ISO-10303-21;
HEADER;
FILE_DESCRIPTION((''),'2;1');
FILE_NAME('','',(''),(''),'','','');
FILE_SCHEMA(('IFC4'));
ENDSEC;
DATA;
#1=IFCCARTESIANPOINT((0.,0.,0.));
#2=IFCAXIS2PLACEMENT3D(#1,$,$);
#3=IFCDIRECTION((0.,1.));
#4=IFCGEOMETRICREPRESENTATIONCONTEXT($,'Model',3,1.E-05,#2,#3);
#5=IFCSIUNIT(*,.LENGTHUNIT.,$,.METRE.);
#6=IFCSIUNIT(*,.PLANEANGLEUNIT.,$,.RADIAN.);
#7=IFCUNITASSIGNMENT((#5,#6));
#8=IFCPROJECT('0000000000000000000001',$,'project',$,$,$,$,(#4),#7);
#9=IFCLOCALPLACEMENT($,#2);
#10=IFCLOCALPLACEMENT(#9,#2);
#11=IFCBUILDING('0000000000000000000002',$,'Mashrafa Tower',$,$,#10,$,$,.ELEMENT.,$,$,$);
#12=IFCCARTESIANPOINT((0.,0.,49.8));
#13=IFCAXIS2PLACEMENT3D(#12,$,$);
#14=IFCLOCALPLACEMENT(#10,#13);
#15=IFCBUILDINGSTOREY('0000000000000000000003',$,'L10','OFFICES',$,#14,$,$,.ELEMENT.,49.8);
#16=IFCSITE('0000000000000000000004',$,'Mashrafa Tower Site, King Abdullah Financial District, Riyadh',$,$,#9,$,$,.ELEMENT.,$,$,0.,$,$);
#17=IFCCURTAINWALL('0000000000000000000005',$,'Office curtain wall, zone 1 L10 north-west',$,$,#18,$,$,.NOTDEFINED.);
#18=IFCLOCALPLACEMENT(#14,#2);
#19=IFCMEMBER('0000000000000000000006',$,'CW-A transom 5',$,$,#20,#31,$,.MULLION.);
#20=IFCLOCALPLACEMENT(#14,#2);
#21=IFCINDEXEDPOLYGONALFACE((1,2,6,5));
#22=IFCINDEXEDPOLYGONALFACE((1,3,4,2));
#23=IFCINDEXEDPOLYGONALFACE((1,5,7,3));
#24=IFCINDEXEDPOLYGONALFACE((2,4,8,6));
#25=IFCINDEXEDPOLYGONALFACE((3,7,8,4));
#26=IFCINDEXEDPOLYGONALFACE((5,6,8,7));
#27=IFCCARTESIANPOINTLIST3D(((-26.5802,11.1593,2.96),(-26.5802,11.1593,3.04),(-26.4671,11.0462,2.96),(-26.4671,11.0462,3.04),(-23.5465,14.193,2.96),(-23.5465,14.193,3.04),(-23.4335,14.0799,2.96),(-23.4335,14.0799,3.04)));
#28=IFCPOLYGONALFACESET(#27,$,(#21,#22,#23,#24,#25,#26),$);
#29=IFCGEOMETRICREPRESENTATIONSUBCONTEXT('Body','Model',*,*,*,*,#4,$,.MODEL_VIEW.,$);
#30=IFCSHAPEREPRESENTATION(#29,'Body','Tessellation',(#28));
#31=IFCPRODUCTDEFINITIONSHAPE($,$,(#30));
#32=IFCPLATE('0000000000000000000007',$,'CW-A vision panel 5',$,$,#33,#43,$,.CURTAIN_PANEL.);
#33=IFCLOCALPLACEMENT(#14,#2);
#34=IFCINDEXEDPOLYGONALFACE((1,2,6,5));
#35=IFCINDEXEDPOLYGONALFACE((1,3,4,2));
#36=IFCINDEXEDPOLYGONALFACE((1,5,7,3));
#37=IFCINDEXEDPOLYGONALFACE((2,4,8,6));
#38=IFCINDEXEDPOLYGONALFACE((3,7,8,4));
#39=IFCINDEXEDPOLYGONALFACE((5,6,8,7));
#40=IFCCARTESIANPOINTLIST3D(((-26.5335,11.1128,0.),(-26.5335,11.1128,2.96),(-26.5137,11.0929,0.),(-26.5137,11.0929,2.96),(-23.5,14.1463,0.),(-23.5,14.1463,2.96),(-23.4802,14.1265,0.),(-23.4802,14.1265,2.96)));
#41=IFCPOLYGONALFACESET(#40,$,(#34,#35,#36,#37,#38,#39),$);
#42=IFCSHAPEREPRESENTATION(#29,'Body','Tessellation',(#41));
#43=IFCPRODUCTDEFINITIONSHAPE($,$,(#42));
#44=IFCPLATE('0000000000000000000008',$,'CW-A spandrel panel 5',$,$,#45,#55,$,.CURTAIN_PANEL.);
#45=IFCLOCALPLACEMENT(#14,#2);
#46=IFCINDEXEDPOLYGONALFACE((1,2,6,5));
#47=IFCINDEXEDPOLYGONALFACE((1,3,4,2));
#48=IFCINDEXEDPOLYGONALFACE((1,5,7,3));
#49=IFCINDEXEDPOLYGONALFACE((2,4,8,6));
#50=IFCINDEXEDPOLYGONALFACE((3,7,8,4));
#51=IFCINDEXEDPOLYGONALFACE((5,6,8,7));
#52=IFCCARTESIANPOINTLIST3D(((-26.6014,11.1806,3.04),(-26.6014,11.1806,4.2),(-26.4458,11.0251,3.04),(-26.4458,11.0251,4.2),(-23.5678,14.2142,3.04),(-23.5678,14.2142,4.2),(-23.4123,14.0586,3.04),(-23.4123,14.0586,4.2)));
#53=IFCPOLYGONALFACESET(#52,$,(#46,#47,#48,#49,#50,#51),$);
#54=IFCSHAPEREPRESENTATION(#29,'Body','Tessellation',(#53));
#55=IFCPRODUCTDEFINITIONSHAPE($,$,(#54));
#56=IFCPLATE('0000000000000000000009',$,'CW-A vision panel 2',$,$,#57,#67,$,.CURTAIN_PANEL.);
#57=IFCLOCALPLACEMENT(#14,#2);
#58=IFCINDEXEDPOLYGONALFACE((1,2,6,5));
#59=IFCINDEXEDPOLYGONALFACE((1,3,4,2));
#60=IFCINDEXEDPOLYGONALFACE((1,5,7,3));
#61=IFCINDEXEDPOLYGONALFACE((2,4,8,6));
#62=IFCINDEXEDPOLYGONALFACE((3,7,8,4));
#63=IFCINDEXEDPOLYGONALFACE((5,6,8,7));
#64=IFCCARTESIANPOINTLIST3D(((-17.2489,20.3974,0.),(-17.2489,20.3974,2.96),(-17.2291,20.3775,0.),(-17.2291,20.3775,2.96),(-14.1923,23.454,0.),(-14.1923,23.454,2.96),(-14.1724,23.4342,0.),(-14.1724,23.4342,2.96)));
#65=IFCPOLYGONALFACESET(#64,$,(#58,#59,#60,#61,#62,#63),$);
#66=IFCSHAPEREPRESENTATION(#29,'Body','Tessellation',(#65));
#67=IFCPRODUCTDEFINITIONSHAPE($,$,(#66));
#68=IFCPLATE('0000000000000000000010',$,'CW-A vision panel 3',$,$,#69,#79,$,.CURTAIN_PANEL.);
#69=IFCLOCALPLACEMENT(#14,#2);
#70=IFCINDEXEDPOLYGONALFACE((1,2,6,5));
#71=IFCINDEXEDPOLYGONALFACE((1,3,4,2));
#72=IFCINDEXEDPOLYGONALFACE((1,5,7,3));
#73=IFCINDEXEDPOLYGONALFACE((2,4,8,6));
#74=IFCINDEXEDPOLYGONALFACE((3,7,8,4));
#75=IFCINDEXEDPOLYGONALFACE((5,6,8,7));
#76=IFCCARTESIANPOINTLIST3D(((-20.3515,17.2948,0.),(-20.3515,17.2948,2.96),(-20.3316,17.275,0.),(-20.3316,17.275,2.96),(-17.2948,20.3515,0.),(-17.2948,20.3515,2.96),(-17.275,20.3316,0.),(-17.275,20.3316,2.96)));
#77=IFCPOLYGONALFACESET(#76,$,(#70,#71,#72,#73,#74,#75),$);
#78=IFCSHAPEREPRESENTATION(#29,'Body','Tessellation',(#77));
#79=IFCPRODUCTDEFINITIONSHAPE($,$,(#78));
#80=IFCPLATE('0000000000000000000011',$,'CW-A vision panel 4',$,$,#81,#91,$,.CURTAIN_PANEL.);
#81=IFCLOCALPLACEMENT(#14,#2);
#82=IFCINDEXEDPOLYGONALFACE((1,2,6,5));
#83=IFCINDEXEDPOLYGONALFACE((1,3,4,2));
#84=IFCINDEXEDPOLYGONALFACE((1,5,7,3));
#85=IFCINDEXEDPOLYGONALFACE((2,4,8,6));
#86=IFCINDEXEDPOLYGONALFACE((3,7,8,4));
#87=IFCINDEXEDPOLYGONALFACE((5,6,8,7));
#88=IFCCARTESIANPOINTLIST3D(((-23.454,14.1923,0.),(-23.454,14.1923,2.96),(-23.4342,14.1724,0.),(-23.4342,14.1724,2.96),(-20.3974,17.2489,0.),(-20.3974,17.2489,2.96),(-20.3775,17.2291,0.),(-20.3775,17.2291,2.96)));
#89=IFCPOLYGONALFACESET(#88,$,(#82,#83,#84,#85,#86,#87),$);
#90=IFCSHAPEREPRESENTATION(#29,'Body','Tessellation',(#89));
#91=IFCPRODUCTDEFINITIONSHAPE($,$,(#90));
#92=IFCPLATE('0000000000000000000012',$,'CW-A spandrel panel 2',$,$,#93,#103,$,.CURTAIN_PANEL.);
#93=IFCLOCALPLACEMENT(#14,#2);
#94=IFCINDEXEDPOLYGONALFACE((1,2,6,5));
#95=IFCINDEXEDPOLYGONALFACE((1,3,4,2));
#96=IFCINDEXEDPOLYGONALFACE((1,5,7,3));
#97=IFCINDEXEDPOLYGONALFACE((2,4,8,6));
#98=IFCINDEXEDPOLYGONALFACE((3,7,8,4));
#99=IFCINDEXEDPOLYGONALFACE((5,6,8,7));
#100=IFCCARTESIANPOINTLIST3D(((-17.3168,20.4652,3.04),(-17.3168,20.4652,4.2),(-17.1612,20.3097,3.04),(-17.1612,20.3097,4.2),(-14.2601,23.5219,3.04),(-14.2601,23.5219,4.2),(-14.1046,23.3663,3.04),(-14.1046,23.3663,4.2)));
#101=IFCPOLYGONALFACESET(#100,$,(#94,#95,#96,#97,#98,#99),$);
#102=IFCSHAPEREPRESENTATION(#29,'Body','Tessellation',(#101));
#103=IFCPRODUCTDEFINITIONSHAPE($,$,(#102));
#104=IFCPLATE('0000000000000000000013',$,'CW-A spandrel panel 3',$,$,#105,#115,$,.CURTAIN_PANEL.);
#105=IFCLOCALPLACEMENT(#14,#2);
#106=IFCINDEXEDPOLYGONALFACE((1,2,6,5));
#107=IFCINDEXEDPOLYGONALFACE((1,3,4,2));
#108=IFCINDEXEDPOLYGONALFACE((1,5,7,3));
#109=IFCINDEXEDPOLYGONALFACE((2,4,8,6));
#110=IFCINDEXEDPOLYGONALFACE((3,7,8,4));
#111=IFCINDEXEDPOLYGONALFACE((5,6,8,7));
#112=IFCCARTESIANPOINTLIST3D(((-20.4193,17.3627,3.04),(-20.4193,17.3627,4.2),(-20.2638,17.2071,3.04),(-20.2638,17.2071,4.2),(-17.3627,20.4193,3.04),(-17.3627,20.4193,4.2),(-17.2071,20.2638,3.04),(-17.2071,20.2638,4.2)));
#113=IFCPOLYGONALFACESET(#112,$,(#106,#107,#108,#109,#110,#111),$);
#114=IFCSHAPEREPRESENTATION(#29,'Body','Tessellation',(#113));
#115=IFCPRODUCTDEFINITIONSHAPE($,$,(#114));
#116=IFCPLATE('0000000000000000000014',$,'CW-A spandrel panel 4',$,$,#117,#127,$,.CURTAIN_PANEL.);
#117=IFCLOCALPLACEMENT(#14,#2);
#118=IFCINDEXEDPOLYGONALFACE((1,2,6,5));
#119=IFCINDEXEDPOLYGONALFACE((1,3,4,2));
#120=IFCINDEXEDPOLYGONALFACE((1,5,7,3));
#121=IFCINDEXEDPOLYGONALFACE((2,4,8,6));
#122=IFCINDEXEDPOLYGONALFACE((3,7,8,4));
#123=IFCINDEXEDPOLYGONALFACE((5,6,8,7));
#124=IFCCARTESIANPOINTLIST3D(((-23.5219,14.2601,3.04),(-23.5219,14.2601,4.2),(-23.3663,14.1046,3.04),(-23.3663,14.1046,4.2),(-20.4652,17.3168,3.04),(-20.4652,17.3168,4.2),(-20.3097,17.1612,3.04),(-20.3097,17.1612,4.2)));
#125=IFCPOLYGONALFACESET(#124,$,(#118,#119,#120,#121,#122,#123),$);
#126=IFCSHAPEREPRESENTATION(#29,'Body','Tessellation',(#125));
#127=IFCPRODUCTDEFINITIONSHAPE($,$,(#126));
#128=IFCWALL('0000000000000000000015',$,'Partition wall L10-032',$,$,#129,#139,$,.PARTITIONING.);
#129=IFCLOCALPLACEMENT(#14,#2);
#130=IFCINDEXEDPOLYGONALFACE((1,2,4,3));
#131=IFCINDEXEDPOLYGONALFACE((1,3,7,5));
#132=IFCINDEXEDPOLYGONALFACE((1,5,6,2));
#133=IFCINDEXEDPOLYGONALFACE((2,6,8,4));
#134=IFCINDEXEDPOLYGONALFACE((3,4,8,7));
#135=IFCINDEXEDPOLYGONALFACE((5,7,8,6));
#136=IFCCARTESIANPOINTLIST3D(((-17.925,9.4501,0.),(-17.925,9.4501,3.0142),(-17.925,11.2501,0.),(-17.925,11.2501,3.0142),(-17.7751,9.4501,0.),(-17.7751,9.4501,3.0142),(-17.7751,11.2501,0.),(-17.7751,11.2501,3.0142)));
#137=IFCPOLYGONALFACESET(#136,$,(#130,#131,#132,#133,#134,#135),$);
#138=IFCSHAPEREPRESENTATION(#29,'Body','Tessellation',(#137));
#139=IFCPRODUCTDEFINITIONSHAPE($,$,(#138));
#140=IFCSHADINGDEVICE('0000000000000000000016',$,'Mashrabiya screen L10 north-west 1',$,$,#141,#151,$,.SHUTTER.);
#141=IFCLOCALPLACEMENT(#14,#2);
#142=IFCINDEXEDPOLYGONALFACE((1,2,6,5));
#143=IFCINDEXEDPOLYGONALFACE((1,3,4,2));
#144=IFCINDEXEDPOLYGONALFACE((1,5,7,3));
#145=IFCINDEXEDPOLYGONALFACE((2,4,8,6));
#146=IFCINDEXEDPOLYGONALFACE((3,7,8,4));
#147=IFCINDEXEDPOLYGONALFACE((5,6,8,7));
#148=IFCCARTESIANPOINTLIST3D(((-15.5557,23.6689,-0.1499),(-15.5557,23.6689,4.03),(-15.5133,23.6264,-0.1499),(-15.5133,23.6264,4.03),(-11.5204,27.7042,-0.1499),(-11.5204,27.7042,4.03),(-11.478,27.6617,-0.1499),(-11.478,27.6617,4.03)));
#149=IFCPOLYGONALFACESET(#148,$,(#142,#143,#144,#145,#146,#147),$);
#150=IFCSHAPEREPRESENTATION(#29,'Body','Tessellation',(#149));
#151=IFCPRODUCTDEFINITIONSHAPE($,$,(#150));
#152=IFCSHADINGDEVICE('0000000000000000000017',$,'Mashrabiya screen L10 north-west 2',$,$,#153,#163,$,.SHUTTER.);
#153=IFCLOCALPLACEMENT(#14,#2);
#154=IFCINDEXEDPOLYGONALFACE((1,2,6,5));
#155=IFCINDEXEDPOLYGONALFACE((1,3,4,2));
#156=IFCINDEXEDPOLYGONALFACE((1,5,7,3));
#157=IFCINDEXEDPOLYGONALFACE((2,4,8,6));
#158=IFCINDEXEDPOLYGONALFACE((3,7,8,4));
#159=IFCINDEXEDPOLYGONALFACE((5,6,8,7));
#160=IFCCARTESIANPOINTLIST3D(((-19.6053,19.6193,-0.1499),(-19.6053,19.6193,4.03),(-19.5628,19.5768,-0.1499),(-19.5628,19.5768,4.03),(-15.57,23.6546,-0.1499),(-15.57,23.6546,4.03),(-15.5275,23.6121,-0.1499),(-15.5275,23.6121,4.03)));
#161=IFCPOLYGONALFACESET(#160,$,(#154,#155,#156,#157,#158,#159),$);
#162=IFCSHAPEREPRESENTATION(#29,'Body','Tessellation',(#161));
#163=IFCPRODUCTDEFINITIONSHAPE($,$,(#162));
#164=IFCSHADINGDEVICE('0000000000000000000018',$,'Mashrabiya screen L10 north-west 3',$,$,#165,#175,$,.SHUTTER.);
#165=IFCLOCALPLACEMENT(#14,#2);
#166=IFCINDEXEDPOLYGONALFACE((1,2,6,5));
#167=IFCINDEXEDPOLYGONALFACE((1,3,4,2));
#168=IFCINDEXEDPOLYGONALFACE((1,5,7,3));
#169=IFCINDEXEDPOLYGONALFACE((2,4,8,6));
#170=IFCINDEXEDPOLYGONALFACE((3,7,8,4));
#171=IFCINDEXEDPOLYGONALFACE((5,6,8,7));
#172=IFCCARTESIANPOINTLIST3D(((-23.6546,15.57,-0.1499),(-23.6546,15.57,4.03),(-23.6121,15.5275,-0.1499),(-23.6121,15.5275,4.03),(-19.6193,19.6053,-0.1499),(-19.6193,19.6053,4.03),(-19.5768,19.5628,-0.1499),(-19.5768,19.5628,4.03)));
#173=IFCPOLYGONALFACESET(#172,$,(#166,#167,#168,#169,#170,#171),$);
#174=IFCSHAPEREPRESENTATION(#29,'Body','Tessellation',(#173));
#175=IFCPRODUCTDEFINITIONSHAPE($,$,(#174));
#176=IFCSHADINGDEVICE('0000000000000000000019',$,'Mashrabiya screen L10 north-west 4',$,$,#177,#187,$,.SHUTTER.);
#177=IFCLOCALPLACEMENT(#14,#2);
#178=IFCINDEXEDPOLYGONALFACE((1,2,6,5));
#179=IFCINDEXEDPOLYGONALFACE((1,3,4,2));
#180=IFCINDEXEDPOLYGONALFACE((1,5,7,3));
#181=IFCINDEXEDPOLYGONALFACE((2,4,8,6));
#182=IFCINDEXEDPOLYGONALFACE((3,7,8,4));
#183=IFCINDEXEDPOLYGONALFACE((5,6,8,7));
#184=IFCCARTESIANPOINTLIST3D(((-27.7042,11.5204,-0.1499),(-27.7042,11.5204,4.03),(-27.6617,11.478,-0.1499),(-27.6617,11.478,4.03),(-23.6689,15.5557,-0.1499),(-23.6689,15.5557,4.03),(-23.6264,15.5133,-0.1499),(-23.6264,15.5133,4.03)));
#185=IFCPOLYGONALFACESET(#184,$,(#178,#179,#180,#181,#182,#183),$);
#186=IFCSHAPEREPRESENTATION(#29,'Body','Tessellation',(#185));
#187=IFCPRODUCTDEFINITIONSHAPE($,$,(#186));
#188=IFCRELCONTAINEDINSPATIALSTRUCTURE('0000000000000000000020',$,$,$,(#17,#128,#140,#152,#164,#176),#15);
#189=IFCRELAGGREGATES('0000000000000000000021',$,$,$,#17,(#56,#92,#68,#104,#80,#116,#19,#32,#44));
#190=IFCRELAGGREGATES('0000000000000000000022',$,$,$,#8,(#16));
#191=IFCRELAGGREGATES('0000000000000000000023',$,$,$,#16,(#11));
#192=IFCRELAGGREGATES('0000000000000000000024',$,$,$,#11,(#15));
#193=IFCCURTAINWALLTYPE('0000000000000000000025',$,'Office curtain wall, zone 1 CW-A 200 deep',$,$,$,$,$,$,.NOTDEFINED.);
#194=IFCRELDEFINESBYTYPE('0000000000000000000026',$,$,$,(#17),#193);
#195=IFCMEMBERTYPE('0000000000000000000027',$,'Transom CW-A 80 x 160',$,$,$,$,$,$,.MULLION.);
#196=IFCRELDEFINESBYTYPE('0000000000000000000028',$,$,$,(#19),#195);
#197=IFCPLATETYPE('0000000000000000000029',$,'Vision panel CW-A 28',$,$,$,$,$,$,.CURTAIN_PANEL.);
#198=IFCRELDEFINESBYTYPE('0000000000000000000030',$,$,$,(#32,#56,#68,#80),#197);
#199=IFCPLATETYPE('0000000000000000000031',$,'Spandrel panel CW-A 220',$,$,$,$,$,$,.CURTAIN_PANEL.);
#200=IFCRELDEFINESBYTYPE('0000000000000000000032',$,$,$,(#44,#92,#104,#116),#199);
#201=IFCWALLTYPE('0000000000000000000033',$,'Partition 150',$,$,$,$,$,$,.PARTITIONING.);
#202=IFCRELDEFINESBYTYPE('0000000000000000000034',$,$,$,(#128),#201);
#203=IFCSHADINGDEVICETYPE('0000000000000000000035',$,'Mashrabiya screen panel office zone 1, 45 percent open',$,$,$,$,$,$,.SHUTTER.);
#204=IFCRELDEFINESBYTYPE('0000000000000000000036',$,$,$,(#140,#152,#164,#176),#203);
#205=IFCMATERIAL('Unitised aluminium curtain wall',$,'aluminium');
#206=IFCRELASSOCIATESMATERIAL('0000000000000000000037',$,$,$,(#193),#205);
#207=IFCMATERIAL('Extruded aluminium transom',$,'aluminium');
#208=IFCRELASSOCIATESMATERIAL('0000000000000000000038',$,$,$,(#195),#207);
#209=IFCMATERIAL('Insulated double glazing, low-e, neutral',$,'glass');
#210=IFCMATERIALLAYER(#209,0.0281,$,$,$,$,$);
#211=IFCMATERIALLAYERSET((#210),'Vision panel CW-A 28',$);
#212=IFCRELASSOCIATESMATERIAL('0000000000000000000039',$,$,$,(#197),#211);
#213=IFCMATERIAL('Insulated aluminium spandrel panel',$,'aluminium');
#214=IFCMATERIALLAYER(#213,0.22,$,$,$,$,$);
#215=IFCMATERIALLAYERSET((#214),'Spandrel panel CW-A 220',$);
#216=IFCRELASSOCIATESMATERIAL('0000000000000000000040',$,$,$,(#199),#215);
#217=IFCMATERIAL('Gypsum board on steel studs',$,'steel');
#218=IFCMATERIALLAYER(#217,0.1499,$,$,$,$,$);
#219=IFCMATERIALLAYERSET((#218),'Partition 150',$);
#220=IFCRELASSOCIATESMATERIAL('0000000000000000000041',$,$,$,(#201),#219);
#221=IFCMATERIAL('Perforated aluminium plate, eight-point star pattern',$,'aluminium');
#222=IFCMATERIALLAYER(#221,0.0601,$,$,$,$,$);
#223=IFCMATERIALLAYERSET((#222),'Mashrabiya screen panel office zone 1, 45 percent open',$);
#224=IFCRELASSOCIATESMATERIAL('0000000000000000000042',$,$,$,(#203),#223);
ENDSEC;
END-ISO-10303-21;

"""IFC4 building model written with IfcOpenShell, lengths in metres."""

from ifc_helpers import new_model, si_unit, direction, frame, frame_2d, origin, origin_2d, place, context, subcontext, project, spatial, rectangle, extrude, source, transform, mapped, material, layer, layer_set, material_profile, profile_set, type_object, type_shapes, element, aggregate, save


model = new_model("IFC4")

# Units and contexts
model_context = context("Model", 3, precision=1e-05, world=origin(), true_north=direction((0.0, 1.0)))
body_context = subcontext(model_context, "Body", "Model", "MODEL_VIEW")
ifc_project = project(units=[si_unit("LENGTHUNIT", "METRE"), si_unit("PLANEANGLEUNIT", "RADIAN")], contexts=[model_context])

# Site, building, storey
site_placement = place(None, origin())
site = spatial("IfcSite", under=ifc_project, at=site_placement, Name="Mashrafa Tower Site, King Abdullah Financial District, Riyadh", CompositionType="ELEMENT", RefElevation=0.0)
building_placement = place(site_placement, origin())
building = spatial("IfcBuilding", under=site, at=building_placement, Name="Mashrafa Tower", CompositionType="ELEMENT")
storey_placement = place(building_placement, frame((0.0, 0.0, 49.8)))
storey = spatial("IfcBuildingStorey", under=building, at=storey_placement, Name="L10", Description="OFFICES", CompositionType="ELEMENT", Elevation=49.8)

# Curtain wall
ifc_material_1 = material(Name="Unitised aluminium curtain wall", Category="aluminium")
curtain_wall_type = type_object("IfcCurtainWallType", Name="Office curtain wall, zone 1 CW-A 200 deep", PredefinedType="NOTDEFINED", material=ifc_material_1)
curtain_wall_1_placement = place(storey_placement, origin())
curtain_wall_1 = element("IfcCurtainWall", 1, at=curtain_wall_1_placement, inside=storey, type_object=curtain_wall_type, Name="Office curtain wall, zone 1 L10 north-west", PredefinedType="NOTDEFINED")
ifc_material_2 = material(Name="Extruded aluminium transom", Category="aluminium")
ifc_material_profile_1 = material_profile(ifc_material_2, rectangle(XDim=0.1599, YDim=0.0801, at=origin_2d()), Name="Transom 80x160")
ifc_profile_set_1 = profile_set([ifc_material_profile_1], Name="Extruded aluminium transom")
member_type_1 = type_object("IfcMemberType", Name="Transom CW-A 80 x 160", PredefinedType="MULLION", material=ifc_profile_set_1)

# Member
shared_shape_1 = source(origin(), body_context, "Body", "SweptSolid", [
    extrude(rectangle(XDim=0.1599, YDim=0.0801, at=origin_2d()), origin(), (0.0, 0.0, 1.0), 4.2903),
])
member_1_placement = place(storey_placement, frame((-23.49, 14.1365, 3.0), z_axis=(-0.707107, -0.707107, 0.0), x_axis=(0.707107, -0.707107, 0.0)))
member_1 = element("IfcMember", 2, at=member_1_placement, type_object=member_type_1, Name="CW-A transom 5", PredefinedType="MULLION", context=body_context, shape_type="MappedRepresentation", body=[
    mapped(shared_shape_1, transform((0.0, 0.0, 0.0))),
])

# Plates
ifc_material_3 = material(Name="Insulated double glazing, low-e, neutral", Category="glass")
ifc_layer_1 = layer(ifc_material_3, 0.0281)
ifc_layer_set_1 = layer_set([ifc_layer_1], Name="Vision panel CW-A 28")
plate_type_1 = type_object("IfcPlateType", Name="Vision panel CW-A 28", PredefinedType="CURTAIN_PANEL", material=ifc_layer_set_1)
shared_shape_2 = source(origin(), body_context, "Body", "SweptSolid", [
    extrude(rectangle(XDim=4.29, YDim=0.0281, at=origin_2d()), origin(), (0.0, 0.0, 1.0), 2.96),
])
plate_1_placement = place(storey_placement, frame((-25.0068, 12.6196, 0.0), z_axis=(0.0, 0.0, 1.0), x_axis=(-0.707107, -0.707107, 0.0)))
plate_1 = element("IfcPlate", 3, at=plate_1_placement, type_object=plate_type_1, Name="CW-A vision panel 5", PredefinedType="CURTAIN_PANEL", context=body_context, shape_type="MappedRepresentation", body=[
    mapped(shared_shape_2, transform((0.0, 0.0, 0.0))),
])
ifc_material_4 = material(Name="Insulated aluminium spandrel panel", Category="aluminium")
ifc_layer_2 = layer(ifc_material_4, 0.22)
ifc_layer_set_2 = layer_set([ifc_layer_2], Name="Spandrel panel CW-A 220")
plate_type_2 = type_object("IfcPlateType", Name="Spandrel panel CW-A 220", PredefinedType="CURTAIN_PANEL", material=ifc_layer_set_2)
shared_shape_3 = source(origin(), body_context, "Body", "SweptSolid", [
    extrude(rectangle(XDim=4.29, YDim=0.22, at=origin_2d()), origin(), (0.0, 0.0, 1.0), 1.1599),
])
plate_2_placement = place(storey_placement, frame((-25.0068, 12.6196, 3.04), z_axis=(0.0, 0.0, 1.0), x_axis=(-0.707107, -0.707107, 0.0)))
plate_2 = element("IfcPlate", 4, at=plate_2_placement, type_object=plate_type_2, Name="CW-A spandrel panel 5", PredefinedType="CURTAIN_PANEL", context=body_context, shape_type="MappedRepresentation", body=[
    mapped(shared_shape_3, transform((0.0, 0.0, 0.0))),
])
shared_shape_4 = source(origin(), body_context, "Body", "SweptSolid", [
    extrude(rectangle(XDim=4.3228, YDim=0.0281, at=origin_2d()), origin(), (0.0, 0.0, 1.0), 2.96),
])
type_shapes(plate_type_1, [shared_shape_2, shared_shape_4])
plate_3_placement = place(storey_placement, frame((-15.7107, 21.9158, 0.0), z_axis=(0.0, 0.0, 1.0), x_axis=(-0.707107, -0.707107, 0.0)))
plate_3 = element("IfcPlate", 5, at=plate_3_placement, type_object=plate_type_1, Name="CW-A vision panel 2", PredefinedType="CURTAIN_PANEL", context=body_context, shape_type="MappedRepresentation", body=[
    mapped(shared_shape_4, transform((0.0, 0.0, 0.0))),
])
plate_4_placement = place(storey_placement, frame((-18.8132, 18.8132, 0.0), z_axis=(0.0, 0.0, 1.0), x_axis=(-0.707107, -0.707107, 0.0)))
plate_4 = element("IfcPlate", 6, at=plate_4_placement, type_object=plate_type_1, Name="CW-A vision panel 3", PredefinedType="CURTAIN_PANEL", context=body_context, shape_type="MappedRepresentation", body=[
    mapped(shared_shape_4, transform((0.0, 0.0, 0.0))),
])
plate_5_placement = place(storey_placement, frame((-21.9158, 15.7107, 0.0), z_axis=(0.0, 0.0, 1.0), x_axis=(-0.707107, -0.707107, 0.0)))
plate_5 = element("IfcPlate", 7, at=plate_5_placement, type_object=plate_type_1, Name="CW-A vision panel 4", PredefinedType="CURTAIN_PANEL", context=body_context, shape_type="MappedRepresentation", body=[
    mapped(shared_shape_4, transform((0.0, 0.0, 0.0))),
])
shared_shape_5 = source(origin(), body_context, "Body", "SweptSolid", [
    extrude(rectangle(XDim=4.3228, YDim=0.22, at=origin_2d()), origin(), (0.0, 0.0, 1.0), 1.1599),
])
type_shapes(plate_type_2, [shared_shape_3, shared_shape_5])
plate_6_placement = place(storey_placement, frame((-15.7107, 21.9158, 3.04), z_axis=(0.0, 0.0, 1.0), x_axis=(-0.707107, -0.707107, 0.0)))
plate_6 = element("IfcPlate", 8, at=plate_6_placement, type_object=plate_type_2, Name="CW-A spandrel panel 2", PredefinedType="CURTAIN_PANEL", context=body_context, shape_type="MappedRepresentation", body=[
    mapped(shared_shape_5, transform((0.0, 0.0, 0.0))),
])
plate_7_placement = place(storey_placement, frame((-18.8132, 18.8132, 3.04), z_axis=(0.0, 0.0, 1.0), x_axis=(-0.707107, -0.707107, 0.0)))
plate_7 = element("IfcPlate", 9, at=plate_7_placement, type_object=plate_type_2, Name="CW-A spandrel panel 3", PredefinedType="CURTAIN_PANEL", context=body_context, shape_type="MappedRepresentation", body=[
    mapped(shared_shape_5, transform((0.0, 0.0, 0.0))),
])
plate_8_placement = place(storey_placement, frame((-21.9158, 15.7107, 3.04), z_axis=(0.0, 0.0, 1.0), x_axis=(-0.707107, -0.707107, 0.0)))
plate_8 = element("IfcPlate", 10, at=plate_8_placement, type_object=plate_type_2, Name="CW-A spandrel panel 4", PredefinedType="CURTAIN_PANEL", context=body_context, shape_type="MappedRepresentation", body=[
    mapped(shared_shape_5, transform((0.0, 0.0, 0.0))),
])
aggregate(curtain_wall_1, [plate_3, plate_6, plate_4, plate_7, plate_5, plate_8, member_1, plate_1, plate_2])

# Wall
ifc_material_5 = material(Name="Gypsum board on steel studs", Category="steel")
ifc_layer_3 = layer(ifc_material_5, 0.1499)
ifc_layer_set_3 = layer_set([ifc_layer_3], Name="Partition 150")
wall_type = type_object("IfcWallType", Name="Partition 150", PredefinedType="PARTITIONING", material=ifc_layer_set_3)
wall_placement = place(storey_placement, frame((-17.8501, 11.25, 0.0), z_axis=(0.0, 0.0, 1.0), x_axis=(0.0, -1.0, 0.0)))
element("IfcWall", 11, at=wall_placement, inside=storey, type_object=wall_type, Name="Partition wall L10-032", PredefinedType="PARTITIONING", context=body_context, shape_type="SweptSolid", body=[
    extrude(rectangle(XDim=1.8, YDim=0.1499, at=frame_2d((0.8999, 0.0))), origin(), (0.0, 0.0, 1.0), 3.0142),
])

# Shading devices
ifc_material_6 = material(Name="Perforated aluminium plate, eight-point star pattern", Category="aluminium")
ifc_layer_4 = layer(ifc_material_6, 0.0601)
ifc_layer_set_4 = layer_set([ifc_layer_4], Name="Mashrabiya screen panel office zone 1, 45 percent open")
shading_device_type = type_object("IfcShadingDeviceType", Name="Mashrabiya screen panel office zone 1, 45 percent open", PredefinedType="SHUTTER", material=ifc_layer_set_4)
shared_shape_6 = source(origin(), body_context, "Body", "SweptSolid", [
    extrude(rectangle(XDim=5.7068, YDim=0.0601, at=origin_2d()), origin(), (0.0, 0.0, 1.0), 4.1799),
])
type_shapes(shading_device_type, [shared_shape_6])
for number, where, z_axis, x_axis, name in (
    (12, (-13.5168, 25.6653, -0.1499), (0.0, 0.0, 1.0), (-0.707107, -0.707107, 0.0), "Mashrabiya screen L10 north-west 1"),
    (13, (-17.5664, 21.6157, -0.1499), (0.0, 0.0, 1.0), (-0.707107, -0.707107, 0.0), "Mashrabiya screen L10 north-west 2"),
    (14, (-21.6157, 17.5664, -0.1499), (0.0, 0.0, 1.0), (-0.707107, -0.707107, 0.0), "Mashrabiya screen L10 north-west 3"),
    (15, (-25.6653, 13.5168, -0.1499), (0.0, 0.0, 1.0), (-0.707107, -0.707107, 0.0), "Mashrabiya screen L10 north-west 4"),
):
    element("IfcShadingDevice", number, at=place(storey_placement, frame(where, z_axis=z_axis, x_axis=x_axis)), inside=storey, type_object=shading_device_type, Name=name, PredefinedType="SHUTTER", context=body_context, shape_type="MappedRepresentation", body=[
        mapped(shared_shape_6, transform((0.0, 0.0, 0.0))),
    ])

save(model, "model.ifc")
